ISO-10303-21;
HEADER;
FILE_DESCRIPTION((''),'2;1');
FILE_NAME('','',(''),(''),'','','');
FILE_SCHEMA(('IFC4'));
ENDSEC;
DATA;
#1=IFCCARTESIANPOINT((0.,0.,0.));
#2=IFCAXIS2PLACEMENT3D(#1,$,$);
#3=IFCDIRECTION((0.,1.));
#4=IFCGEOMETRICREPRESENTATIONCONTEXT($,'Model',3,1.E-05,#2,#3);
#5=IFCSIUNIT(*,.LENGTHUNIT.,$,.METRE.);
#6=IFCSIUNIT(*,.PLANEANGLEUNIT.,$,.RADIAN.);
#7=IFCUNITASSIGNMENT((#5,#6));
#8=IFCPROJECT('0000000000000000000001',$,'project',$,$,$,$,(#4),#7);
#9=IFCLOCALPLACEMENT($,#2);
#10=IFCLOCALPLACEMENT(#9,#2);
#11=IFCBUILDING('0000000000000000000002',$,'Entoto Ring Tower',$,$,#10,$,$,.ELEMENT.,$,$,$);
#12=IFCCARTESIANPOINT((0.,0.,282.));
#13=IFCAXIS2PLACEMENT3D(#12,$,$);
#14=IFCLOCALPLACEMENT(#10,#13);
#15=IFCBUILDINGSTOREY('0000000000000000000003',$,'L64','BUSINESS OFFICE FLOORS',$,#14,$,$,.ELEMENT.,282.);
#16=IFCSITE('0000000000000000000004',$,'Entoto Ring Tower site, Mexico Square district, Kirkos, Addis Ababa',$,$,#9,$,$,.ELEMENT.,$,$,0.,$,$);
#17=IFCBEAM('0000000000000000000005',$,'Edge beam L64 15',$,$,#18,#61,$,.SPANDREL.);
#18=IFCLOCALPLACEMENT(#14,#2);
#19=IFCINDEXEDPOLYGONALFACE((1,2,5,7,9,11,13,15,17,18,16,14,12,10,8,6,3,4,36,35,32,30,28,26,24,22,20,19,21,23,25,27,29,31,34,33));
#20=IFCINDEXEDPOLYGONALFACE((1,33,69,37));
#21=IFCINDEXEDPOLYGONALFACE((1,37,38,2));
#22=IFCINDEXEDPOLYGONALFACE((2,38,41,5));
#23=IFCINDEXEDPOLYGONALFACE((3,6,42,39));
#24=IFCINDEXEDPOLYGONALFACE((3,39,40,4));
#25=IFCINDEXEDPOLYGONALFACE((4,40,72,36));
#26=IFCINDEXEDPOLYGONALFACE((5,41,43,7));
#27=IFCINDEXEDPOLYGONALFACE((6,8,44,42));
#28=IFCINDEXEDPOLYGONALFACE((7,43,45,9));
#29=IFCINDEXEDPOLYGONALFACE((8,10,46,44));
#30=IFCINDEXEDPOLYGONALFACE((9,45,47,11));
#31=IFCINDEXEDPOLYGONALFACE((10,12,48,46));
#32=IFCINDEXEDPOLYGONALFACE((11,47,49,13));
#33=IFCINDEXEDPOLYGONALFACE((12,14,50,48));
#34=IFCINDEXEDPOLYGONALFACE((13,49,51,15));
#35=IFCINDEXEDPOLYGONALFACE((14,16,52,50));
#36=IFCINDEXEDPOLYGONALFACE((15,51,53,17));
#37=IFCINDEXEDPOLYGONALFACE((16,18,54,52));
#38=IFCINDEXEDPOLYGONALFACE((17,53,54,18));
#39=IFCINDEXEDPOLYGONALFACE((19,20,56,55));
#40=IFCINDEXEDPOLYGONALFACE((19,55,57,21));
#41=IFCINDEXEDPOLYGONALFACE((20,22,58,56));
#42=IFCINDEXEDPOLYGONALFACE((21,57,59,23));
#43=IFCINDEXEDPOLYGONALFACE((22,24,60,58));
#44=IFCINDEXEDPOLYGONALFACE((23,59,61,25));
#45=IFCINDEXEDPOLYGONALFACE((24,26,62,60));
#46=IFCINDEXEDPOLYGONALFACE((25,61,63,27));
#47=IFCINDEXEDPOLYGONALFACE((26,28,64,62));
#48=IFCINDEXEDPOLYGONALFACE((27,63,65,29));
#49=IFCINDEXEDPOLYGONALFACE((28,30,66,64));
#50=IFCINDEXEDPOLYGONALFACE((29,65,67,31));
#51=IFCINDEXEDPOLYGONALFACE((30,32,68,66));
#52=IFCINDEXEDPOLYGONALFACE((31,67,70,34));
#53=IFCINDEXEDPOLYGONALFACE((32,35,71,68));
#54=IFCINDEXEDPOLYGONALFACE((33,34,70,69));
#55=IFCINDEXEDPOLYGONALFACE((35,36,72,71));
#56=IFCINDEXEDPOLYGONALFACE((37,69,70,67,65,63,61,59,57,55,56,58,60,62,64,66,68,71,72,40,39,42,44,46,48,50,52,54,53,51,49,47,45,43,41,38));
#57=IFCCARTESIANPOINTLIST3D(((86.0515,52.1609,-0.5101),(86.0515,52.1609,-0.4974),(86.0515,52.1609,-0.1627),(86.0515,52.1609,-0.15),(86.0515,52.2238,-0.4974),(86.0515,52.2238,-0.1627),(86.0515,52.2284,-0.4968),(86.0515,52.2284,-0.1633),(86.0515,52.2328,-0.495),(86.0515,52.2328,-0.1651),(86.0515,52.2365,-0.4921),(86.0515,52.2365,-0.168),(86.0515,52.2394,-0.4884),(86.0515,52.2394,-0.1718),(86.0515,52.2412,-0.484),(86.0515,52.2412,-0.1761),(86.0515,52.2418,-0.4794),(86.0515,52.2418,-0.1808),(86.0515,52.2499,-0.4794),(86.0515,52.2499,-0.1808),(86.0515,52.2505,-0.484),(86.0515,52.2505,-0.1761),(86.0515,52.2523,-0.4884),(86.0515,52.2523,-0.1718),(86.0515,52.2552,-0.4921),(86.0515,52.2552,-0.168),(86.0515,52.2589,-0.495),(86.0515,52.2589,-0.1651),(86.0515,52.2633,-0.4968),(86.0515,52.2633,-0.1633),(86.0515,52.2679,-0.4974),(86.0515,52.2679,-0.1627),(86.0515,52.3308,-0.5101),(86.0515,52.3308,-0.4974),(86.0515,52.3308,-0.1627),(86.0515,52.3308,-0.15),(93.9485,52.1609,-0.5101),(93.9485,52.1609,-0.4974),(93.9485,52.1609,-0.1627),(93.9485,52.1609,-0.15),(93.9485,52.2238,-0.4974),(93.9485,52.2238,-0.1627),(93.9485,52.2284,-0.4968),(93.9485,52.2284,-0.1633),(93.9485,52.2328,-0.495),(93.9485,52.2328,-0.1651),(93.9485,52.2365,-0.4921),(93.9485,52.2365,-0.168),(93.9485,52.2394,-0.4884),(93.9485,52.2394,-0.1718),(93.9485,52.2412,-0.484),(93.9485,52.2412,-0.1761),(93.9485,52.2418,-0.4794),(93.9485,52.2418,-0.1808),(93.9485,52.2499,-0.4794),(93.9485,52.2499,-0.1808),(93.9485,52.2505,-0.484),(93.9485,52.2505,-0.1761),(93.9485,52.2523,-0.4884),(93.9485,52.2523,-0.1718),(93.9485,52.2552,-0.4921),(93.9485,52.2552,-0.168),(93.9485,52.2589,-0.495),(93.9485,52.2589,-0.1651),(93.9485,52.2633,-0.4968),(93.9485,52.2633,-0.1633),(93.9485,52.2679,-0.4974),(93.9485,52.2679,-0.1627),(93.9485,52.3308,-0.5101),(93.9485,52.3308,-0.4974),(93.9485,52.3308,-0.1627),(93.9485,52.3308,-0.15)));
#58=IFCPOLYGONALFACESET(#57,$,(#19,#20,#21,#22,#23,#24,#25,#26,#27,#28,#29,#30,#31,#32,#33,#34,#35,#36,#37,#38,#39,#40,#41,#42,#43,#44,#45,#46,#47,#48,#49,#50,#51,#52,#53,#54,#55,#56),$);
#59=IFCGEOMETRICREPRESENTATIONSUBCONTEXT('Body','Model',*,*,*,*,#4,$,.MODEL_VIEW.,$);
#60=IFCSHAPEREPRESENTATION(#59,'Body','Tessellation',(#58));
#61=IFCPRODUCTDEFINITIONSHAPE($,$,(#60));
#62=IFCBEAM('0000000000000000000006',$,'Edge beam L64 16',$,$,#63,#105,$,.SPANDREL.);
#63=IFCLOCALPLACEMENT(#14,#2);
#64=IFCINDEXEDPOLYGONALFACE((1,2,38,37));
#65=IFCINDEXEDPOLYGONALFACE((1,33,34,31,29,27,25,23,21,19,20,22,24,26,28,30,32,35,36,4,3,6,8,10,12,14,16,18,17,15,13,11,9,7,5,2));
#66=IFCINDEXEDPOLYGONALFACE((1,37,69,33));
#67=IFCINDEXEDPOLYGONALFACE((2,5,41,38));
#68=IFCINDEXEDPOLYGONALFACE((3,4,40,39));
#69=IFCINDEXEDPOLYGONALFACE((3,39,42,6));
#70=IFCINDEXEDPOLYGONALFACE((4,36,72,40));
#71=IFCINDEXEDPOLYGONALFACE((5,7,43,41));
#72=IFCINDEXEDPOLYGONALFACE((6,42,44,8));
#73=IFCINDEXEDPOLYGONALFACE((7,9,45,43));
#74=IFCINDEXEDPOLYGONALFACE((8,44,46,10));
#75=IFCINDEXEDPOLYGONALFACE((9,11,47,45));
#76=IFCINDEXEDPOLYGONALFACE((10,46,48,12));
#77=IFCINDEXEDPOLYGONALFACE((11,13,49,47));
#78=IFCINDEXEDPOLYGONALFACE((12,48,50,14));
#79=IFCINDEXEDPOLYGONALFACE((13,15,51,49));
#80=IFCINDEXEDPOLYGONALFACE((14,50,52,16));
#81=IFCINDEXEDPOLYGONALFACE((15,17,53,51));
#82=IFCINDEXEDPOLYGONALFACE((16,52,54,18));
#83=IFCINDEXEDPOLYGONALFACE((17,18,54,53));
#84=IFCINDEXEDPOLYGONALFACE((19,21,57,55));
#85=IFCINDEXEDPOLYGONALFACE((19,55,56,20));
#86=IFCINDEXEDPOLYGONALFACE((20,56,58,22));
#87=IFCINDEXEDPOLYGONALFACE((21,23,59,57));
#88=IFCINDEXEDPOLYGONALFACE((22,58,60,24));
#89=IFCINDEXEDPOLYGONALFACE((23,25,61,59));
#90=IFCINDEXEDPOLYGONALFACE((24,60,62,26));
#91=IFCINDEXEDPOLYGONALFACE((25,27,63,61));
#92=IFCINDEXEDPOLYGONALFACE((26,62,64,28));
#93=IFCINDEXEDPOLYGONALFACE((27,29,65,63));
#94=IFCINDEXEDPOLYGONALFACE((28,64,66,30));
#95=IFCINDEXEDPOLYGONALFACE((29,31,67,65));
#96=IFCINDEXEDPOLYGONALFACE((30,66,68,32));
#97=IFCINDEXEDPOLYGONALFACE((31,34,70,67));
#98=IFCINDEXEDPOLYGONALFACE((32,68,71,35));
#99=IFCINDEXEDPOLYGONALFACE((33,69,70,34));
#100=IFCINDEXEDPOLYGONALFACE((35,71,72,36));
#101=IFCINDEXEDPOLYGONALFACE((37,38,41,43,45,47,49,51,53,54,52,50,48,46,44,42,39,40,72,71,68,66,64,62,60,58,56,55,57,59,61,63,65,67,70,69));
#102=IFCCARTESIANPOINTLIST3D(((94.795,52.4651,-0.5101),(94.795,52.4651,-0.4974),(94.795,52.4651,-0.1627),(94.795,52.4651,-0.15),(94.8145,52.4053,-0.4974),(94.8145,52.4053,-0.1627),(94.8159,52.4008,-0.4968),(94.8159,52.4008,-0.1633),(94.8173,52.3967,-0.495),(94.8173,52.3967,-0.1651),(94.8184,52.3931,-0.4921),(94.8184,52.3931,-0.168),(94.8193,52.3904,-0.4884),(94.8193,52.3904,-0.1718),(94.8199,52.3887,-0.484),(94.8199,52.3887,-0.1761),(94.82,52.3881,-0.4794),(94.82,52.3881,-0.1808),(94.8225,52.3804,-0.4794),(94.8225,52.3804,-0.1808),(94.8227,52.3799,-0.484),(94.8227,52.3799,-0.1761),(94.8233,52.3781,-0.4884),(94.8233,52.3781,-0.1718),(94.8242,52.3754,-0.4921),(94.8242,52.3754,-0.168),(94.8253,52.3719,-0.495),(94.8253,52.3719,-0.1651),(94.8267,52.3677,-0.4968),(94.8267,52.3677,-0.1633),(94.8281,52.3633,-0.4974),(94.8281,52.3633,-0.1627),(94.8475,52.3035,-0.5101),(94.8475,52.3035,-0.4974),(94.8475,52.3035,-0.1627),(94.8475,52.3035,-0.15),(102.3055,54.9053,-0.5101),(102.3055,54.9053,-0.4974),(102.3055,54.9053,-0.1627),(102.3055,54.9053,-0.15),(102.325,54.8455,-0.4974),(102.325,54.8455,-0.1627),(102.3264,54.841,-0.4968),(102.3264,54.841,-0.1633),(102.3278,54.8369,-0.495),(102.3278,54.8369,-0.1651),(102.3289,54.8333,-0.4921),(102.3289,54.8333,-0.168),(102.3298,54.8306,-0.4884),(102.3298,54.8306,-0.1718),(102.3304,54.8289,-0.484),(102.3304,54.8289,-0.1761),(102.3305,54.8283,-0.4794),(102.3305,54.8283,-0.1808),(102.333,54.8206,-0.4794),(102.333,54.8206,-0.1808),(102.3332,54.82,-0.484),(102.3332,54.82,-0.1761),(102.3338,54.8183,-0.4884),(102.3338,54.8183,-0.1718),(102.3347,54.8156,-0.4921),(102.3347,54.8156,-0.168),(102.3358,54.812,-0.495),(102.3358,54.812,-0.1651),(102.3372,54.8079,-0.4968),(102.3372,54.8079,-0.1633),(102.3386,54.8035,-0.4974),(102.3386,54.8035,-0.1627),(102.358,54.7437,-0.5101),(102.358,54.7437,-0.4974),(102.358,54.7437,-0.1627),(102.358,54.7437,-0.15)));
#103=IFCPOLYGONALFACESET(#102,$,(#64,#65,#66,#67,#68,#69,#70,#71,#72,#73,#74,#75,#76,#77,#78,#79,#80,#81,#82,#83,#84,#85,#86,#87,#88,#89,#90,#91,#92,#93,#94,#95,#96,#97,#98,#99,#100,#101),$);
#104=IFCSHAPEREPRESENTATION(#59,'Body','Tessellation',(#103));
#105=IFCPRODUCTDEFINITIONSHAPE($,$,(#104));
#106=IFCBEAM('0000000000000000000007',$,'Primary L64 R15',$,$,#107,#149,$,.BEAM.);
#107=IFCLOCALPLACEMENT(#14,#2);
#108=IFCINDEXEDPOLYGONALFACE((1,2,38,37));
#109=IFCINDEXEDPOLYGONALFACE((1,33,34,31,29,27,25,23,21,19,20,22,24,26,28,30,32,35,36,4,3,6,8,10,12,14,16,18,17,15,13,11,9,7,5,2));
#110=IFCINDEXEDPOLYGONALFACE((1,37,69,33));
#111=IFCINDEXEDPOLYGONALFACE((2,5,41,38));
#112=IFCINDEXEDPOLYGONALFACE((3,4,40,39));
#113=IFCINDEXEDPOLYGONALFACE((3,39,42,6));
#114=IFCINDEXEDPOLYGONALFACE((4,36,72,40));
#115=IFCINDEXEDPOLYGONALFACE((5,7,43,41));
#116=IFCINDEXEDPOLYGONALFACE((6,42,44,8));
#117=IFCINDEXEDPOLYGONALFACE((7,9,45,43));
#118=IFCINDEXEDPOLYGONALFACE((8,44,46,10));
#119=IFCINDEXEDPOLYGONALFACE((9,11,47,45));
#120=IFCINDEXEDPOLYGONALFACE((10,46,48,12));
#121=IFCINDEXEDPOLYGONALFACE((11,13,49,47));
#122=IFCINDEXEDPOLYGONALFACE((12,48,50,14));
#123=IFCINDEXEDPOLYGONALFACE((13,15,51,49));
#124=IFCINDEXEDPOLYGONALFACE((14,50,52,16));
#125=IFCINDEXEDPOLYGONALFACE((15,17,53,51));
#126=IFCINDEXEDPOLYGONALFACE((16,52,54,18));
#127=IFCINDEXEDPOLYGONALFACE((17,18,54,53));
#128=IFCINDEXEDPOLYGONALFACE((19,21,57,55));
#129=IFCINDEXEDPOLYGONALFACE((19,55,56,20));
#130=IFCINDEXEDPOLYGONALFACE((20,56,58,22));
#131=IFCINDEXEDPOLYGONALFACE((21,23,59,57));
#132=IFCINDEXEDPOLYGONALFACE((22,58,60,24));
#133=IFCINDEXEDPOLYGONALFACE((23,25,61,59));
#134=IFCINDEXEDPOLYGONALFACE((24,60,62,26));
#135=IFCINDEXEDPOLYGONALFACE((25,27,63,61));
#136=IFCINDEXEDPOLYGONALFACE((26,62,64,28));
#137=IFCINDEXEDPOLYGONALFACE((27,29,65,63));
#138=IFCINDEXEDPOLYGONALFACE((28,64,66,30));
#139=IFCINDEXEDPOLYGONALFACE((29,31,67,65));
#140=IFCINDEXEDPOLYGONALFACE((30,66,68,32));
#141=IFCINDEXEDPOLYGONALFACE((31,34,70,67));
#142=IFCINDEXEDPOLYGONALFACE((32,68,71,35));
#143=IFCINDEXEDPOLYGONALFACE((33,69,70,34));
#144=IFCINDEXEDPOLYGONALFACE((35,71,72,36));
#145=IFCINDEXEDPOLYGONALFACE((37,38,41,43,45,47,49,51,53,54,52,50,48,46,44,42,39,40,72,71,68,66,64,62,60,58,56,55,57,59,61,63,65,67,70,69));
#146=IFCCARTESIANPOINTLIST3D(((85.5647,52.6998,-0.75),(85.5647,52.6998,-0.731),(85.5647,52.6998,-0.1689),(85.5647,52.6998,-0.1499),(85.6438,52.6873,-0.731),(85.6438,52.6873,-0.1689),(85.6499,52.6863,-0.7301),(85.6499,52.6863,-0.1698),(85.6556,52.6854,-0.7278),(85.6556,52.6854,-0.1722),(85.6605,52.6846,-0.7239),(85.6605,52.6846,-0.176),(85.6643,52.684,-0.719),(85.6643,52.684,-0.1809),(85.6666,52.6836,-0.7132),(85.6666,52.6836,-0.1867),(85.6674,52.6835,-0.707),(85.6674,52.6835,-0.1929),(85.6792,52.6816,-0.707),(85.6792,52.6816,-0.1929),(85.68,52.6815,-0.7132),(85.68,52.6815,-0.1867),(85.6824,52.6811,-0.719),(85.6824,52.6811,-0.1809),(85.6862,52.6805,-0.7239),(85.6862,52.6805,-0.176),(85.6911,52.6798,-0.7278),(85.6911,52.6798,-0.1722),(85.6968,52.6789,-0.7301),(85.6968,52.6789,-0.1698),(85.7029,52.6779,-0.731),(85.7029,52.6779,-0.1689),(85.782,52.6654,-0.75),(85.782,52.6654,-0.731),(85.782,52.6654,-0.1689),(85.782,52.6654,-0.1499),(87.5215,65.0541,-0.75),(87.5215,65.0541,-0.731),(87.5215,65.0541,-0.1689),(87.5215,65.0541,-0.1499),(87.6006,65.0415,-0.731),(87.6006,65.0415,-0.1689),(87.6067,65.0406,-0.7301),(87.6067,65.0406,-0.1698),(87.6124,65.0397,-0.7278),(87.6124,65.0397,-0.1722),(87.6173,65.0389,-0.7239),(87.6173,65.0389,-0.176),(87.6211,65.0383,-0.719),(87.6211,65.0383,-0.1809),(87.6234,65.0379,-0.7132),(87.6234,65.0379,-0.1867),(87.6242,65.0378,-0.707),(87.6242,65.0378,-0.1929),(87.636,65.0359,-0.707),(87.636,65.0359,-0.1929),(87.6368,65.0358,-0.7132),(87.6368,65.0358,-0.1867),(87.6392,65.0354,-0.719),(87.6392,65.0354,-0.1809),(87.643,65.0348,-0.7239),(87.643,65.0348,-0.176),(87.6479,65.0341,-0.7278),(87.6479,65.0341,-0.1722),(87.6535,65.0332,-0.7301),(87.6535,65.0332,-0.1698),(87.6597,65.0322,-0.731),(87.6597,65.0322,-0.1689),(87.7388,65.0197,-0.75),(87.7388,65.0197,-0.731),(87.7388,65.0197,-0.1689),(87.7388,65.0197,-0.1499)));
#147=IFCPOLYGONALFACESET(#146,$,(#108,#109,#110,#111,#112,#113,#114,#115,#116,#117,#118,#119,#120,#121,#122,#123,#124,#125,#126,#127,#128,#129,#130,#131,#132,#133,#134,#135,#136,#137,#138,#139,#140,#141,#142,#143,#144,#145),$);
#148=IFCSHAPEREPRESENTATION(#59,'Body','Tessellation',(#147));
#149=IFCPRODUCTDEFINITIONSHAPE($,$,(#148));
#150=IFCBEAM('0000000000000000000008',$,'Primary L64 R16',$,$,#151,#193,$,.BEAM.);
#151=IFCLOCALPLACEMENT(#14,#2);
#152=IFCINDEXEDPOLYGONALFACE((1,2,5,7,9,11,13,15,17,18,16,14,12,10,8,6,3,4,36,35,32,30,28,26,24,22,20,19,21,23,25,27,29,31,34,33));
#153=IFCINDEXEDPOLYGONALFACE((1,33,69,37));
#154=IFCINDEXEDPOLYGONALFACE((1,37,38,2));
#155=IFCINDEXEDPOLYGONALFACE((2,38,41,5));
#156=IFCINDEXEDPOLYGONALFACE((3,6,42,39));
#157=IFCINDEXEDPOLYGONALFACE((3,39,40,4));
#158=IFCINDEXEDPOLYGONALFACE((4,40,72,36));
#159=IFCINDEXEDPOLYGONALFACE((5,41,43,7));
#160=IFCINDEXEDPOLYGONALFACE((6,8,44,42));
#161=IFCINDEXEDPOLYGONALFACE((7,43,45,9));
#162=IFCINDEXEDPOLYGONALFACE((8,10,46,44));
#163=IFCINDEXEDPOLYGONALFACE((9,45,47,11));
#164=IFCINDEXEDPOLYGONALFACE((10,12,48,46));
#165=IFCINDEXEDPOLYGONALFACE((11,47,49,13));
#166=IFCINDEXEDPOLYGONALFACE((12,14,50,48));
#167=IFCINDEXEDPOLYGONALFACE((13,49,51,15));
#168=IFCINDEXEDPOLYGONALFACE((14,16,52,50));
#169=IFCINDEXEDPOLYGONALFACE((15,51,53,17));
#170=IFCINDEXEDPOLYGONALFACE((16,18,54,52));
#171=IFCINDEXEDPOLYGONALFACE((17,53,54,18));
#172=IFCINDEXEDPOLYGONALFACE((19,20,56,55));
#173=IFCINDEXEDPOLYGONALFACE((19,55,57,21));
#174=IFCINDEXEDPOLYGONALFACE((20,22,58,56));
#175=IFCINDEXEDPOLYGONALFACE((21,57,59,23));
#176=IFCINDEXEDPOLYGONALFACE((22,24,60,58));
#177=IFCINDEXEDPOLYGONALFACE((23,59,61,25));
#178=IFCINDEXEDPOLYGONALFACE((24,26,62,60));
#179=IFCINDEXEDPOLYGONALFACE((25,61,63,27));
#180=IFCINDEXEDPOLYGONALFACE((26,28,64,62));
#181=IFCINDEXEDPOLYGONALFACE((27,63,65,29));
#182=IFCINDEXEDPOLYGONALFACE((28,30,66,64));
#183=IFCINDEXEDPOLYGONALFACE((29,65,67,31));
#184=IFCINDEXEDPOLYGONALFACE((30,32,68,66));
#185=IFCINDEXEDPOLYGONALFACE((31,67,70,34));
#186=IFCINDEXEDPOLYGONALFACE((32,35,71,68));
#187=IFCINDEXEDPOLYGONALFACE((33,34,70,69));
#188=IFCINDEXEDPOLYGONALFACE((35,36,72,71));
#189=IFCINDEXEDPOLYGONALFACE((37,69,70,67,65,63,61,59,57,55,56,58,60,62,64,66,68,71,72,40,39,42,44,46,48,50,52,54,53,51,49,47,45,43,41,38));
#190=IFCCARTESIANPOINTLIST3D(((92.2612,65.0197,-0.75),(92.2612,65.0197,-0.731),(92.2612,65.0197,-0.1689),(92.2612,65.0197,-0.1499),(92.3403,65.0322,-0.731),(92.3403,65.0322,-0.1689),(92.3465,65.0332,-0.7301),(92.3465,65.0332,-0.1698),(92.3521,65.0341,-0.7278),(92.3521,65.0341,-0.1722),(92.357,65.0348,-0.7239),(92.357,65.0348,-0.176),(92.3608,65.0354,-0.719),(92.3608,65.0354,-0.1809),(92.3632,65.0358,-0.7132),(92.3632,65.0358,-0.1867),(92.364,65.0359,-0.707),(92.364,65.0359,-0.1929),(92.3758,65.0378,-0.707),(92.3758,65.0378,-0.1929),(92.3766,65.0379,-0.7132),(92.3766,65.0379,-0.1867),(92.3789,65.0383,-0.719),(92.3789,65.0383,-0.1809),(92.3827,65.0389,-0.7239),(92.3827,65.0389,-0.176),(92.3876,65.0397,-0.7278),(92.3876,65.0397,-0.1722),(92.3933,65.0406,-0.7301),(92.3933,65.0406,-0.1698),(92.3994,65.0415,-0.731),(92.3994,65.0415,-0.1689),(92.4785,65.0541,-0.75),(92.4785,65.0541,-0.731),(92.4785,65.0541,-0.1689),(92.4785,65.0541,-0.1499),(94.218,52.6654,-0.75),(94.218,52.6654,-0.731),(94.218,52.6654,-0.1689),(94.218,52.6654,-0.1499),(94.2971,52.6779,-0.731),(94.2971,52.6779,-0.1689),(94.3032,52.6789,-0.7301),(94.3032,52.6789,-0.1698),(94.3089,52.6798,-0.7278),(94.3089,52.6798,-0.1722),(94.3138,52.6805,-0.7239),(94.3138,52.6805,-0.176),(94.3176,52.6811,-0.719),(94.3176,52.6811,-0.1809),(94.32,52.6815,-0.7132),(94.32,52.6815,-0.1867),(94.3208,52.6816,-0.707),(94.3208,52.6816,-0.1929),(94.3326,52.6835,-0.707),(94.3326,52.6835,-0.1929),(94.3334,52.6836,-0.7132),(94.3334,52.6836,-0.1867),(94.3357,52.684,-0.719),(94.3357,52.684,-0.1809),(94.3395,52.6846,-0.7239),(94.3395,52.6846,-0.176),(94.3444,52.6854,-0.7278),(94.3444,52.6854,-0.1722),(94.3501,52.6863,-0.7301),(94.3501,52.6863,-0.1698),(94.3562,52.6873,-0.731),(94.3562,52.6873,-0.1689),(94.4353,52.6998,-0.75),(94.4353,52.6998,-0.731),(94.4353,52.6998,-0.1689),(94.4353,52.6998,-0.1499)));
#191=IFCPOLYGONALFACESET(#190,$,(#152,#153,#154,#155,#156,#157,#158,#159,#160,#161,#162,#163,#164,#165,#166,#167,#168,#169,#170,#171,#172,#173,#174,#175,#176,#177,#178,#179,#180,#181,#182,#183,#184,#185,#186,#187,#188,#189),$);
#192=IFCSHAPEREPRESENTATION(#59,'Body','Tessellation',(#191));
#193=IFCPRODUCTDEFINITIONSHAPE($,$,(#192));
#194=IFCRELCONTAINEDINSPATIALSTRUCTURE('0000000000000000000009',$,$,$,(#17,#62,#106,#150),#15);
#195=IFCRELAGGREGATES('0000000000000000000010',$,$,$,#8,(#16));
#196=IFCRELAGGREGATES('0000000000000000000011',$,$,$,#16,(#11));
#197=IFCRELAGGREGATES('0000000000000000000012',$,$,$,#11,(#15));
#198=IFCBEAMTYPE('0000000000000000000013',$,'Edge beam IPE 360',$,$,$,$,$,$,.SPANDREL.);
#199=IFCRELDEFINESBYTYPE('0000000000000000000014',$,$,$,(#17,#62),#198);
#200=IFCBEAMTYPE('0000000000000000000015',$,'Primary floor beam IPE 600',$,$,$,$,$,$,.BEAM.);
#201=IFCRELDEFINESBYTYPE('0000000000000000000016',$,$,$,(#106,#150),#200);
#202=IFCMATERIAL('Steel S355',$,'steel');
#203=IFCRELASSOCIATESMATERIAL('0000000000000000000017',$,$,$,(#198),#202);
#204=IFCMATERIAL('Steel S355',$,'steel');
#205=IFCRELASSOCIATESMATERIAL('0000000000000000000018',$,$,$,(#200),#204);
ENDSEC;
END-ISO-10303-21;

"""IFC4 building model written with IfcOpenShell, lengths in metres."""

from ifc_helpers import new_model, si_unit, direction, frame, origin, origin_2d, place, context, subcontext, project, spatial, i_section, extrude, material, material_profile, profile_set, type_object, element, save


model = new_model("IFC4")

# Units and contexts
model_context = context("Model", 3, precision=1e-05, world=origin(), true_north=direction((0.0, 1.0)))
body_context = subcontext(model_context, "Body", "Model", "MODEL_VIEW")
ifc_project = project(units=[si_unit("LENGTHUNIT", "METRE"), si_unit("PLANEANGLEUNIT", "RADIAN")], contexts=[model_context])

# Site, building, storey
site_placement = place(None, origin())
site = spatial("IfcSite", under=ifc_project, at=site_placement, Name="Entoto Ring Tower site, Mexico Square district, Kirkos, Addis Ababa", CompositionType="ELEMENT", RefElevation=0.0)
building_placement = place(site_placement, origin())
building = spatial("IfcBuilding", under=site, at=building_placement, Name="Entoto Ring Tower", CompositionType="ELEMENT")
storey_placement = place(building_placement, frame((0.0, 0.0, 282.0)))
storey = spatial("IfcBuildingStorey", under=building, at=storey_placement, Name="L64", Description="BUSINESS OFFICE FLOORS", CompositionType="ELEMENT", Elevation=282.0)

# Beams
ifc_material_1 = material(Name="Steel S355", Category="steel")
ifc_material_profile_1 = material_profile(ifc_material_1, i_section(OverallWidth=0.1699, OverallDepth=0.3601, WebThickness=0.0081, FlangeThickness=0.0127, FilletRadius=0.0181, at=origin_2d()), Name="IPE 360")
ifc_profile_set_1 = profile_set([ifc_material_profile_1], Name="Steel S355")
beam_type_1 = type_object("IfcBeamType", Name="Edge beam IPE 360", PredefinedType="SPANDREL", material=ifc_profile_set_1)
for number, where, z_axis, x_axis, name in (
    (1, (86.0515, 52.2458, -0.3301), (1.0, 0.0, 0.0), (0.0, 1.0, 0.0), "Edge beam L64 15"),
    (2, (94.8213, 52.3843, -0.3301), (0.951061, 0.309003, 0.0), (-0.309003, 0.951061, 0.0), "Edge beam L64 16"),
):
    element("IfcBeam", number, at=place(storey_placement, frame(where, z_axis=z_axis, x_axis=x_axis)), inside=storey, type_object=beam_type_1, Name=name, PredefinedType="SPANDREL", context=body_context, shape_type="SweptSolid", body=[
        extrude(i_section(OverallWidth=0.1699, OverallDepth=0.3601, WebThickness=0.0081, FlangeThickness=0.0127, FilletRadius=0.0181, at=origin_2d()), origin(), (0.0, 0.0, 1.0), 7.897),
    ])
ifc_material_2 = material(Name="Steel S355", Category="steel")
ifc_material_profile_2 = material_profile(ifc_material_2, i_section(OverallWidth=0.22, OverallDepth=0.6001, WebThickness=0.012, FlangeThickness=0.019, FilletRadius=0.0239, at=origin_2d()), Name="IPE 600")
ifc_profile_set_2 = profile_set([ifc_material_profile_2], Name="Steel S355")
beam_type_2 = type_object("IfcBeamType", Name="Primary floor beam IPE 600", PredefinedType="BEAM", material=ifc_profile_set_2)
for number, where, z_axis, x_axis, name in (
    (3, (87.6301, 65.0369, -0.45), (-0.15644, -0.987688, 0.0), (0.987688, -0.15644, 0.0), "Primary L64 R15"),
    (4, (92.3699, 65.0369, -0.45), (0.15644, -0.987688, 0.0), (0.987688, 0.15644, 0.0), "Primary L64 R16"),
):
    element("IfcBeam", number, at=place(storey_placement, frame(where, z_axis=z_axis, x_axis=x_axis)), inside=storey, type_object=beam_type_2, Name=name, PredefinedType="BEAM", context=body_context, shape_type="SweptSolid", body=[
        extrude(i_section(OverallWidth=0.22, OverallDepth=0.6001, WebThickness=0.012, FlangeThickness=0.019, FilletRadius=0.0239, at=origin_2d()), origin(), (0.0, 0.0, 1.0), 12.5083),
    ])

save(model, "model.ifc")
